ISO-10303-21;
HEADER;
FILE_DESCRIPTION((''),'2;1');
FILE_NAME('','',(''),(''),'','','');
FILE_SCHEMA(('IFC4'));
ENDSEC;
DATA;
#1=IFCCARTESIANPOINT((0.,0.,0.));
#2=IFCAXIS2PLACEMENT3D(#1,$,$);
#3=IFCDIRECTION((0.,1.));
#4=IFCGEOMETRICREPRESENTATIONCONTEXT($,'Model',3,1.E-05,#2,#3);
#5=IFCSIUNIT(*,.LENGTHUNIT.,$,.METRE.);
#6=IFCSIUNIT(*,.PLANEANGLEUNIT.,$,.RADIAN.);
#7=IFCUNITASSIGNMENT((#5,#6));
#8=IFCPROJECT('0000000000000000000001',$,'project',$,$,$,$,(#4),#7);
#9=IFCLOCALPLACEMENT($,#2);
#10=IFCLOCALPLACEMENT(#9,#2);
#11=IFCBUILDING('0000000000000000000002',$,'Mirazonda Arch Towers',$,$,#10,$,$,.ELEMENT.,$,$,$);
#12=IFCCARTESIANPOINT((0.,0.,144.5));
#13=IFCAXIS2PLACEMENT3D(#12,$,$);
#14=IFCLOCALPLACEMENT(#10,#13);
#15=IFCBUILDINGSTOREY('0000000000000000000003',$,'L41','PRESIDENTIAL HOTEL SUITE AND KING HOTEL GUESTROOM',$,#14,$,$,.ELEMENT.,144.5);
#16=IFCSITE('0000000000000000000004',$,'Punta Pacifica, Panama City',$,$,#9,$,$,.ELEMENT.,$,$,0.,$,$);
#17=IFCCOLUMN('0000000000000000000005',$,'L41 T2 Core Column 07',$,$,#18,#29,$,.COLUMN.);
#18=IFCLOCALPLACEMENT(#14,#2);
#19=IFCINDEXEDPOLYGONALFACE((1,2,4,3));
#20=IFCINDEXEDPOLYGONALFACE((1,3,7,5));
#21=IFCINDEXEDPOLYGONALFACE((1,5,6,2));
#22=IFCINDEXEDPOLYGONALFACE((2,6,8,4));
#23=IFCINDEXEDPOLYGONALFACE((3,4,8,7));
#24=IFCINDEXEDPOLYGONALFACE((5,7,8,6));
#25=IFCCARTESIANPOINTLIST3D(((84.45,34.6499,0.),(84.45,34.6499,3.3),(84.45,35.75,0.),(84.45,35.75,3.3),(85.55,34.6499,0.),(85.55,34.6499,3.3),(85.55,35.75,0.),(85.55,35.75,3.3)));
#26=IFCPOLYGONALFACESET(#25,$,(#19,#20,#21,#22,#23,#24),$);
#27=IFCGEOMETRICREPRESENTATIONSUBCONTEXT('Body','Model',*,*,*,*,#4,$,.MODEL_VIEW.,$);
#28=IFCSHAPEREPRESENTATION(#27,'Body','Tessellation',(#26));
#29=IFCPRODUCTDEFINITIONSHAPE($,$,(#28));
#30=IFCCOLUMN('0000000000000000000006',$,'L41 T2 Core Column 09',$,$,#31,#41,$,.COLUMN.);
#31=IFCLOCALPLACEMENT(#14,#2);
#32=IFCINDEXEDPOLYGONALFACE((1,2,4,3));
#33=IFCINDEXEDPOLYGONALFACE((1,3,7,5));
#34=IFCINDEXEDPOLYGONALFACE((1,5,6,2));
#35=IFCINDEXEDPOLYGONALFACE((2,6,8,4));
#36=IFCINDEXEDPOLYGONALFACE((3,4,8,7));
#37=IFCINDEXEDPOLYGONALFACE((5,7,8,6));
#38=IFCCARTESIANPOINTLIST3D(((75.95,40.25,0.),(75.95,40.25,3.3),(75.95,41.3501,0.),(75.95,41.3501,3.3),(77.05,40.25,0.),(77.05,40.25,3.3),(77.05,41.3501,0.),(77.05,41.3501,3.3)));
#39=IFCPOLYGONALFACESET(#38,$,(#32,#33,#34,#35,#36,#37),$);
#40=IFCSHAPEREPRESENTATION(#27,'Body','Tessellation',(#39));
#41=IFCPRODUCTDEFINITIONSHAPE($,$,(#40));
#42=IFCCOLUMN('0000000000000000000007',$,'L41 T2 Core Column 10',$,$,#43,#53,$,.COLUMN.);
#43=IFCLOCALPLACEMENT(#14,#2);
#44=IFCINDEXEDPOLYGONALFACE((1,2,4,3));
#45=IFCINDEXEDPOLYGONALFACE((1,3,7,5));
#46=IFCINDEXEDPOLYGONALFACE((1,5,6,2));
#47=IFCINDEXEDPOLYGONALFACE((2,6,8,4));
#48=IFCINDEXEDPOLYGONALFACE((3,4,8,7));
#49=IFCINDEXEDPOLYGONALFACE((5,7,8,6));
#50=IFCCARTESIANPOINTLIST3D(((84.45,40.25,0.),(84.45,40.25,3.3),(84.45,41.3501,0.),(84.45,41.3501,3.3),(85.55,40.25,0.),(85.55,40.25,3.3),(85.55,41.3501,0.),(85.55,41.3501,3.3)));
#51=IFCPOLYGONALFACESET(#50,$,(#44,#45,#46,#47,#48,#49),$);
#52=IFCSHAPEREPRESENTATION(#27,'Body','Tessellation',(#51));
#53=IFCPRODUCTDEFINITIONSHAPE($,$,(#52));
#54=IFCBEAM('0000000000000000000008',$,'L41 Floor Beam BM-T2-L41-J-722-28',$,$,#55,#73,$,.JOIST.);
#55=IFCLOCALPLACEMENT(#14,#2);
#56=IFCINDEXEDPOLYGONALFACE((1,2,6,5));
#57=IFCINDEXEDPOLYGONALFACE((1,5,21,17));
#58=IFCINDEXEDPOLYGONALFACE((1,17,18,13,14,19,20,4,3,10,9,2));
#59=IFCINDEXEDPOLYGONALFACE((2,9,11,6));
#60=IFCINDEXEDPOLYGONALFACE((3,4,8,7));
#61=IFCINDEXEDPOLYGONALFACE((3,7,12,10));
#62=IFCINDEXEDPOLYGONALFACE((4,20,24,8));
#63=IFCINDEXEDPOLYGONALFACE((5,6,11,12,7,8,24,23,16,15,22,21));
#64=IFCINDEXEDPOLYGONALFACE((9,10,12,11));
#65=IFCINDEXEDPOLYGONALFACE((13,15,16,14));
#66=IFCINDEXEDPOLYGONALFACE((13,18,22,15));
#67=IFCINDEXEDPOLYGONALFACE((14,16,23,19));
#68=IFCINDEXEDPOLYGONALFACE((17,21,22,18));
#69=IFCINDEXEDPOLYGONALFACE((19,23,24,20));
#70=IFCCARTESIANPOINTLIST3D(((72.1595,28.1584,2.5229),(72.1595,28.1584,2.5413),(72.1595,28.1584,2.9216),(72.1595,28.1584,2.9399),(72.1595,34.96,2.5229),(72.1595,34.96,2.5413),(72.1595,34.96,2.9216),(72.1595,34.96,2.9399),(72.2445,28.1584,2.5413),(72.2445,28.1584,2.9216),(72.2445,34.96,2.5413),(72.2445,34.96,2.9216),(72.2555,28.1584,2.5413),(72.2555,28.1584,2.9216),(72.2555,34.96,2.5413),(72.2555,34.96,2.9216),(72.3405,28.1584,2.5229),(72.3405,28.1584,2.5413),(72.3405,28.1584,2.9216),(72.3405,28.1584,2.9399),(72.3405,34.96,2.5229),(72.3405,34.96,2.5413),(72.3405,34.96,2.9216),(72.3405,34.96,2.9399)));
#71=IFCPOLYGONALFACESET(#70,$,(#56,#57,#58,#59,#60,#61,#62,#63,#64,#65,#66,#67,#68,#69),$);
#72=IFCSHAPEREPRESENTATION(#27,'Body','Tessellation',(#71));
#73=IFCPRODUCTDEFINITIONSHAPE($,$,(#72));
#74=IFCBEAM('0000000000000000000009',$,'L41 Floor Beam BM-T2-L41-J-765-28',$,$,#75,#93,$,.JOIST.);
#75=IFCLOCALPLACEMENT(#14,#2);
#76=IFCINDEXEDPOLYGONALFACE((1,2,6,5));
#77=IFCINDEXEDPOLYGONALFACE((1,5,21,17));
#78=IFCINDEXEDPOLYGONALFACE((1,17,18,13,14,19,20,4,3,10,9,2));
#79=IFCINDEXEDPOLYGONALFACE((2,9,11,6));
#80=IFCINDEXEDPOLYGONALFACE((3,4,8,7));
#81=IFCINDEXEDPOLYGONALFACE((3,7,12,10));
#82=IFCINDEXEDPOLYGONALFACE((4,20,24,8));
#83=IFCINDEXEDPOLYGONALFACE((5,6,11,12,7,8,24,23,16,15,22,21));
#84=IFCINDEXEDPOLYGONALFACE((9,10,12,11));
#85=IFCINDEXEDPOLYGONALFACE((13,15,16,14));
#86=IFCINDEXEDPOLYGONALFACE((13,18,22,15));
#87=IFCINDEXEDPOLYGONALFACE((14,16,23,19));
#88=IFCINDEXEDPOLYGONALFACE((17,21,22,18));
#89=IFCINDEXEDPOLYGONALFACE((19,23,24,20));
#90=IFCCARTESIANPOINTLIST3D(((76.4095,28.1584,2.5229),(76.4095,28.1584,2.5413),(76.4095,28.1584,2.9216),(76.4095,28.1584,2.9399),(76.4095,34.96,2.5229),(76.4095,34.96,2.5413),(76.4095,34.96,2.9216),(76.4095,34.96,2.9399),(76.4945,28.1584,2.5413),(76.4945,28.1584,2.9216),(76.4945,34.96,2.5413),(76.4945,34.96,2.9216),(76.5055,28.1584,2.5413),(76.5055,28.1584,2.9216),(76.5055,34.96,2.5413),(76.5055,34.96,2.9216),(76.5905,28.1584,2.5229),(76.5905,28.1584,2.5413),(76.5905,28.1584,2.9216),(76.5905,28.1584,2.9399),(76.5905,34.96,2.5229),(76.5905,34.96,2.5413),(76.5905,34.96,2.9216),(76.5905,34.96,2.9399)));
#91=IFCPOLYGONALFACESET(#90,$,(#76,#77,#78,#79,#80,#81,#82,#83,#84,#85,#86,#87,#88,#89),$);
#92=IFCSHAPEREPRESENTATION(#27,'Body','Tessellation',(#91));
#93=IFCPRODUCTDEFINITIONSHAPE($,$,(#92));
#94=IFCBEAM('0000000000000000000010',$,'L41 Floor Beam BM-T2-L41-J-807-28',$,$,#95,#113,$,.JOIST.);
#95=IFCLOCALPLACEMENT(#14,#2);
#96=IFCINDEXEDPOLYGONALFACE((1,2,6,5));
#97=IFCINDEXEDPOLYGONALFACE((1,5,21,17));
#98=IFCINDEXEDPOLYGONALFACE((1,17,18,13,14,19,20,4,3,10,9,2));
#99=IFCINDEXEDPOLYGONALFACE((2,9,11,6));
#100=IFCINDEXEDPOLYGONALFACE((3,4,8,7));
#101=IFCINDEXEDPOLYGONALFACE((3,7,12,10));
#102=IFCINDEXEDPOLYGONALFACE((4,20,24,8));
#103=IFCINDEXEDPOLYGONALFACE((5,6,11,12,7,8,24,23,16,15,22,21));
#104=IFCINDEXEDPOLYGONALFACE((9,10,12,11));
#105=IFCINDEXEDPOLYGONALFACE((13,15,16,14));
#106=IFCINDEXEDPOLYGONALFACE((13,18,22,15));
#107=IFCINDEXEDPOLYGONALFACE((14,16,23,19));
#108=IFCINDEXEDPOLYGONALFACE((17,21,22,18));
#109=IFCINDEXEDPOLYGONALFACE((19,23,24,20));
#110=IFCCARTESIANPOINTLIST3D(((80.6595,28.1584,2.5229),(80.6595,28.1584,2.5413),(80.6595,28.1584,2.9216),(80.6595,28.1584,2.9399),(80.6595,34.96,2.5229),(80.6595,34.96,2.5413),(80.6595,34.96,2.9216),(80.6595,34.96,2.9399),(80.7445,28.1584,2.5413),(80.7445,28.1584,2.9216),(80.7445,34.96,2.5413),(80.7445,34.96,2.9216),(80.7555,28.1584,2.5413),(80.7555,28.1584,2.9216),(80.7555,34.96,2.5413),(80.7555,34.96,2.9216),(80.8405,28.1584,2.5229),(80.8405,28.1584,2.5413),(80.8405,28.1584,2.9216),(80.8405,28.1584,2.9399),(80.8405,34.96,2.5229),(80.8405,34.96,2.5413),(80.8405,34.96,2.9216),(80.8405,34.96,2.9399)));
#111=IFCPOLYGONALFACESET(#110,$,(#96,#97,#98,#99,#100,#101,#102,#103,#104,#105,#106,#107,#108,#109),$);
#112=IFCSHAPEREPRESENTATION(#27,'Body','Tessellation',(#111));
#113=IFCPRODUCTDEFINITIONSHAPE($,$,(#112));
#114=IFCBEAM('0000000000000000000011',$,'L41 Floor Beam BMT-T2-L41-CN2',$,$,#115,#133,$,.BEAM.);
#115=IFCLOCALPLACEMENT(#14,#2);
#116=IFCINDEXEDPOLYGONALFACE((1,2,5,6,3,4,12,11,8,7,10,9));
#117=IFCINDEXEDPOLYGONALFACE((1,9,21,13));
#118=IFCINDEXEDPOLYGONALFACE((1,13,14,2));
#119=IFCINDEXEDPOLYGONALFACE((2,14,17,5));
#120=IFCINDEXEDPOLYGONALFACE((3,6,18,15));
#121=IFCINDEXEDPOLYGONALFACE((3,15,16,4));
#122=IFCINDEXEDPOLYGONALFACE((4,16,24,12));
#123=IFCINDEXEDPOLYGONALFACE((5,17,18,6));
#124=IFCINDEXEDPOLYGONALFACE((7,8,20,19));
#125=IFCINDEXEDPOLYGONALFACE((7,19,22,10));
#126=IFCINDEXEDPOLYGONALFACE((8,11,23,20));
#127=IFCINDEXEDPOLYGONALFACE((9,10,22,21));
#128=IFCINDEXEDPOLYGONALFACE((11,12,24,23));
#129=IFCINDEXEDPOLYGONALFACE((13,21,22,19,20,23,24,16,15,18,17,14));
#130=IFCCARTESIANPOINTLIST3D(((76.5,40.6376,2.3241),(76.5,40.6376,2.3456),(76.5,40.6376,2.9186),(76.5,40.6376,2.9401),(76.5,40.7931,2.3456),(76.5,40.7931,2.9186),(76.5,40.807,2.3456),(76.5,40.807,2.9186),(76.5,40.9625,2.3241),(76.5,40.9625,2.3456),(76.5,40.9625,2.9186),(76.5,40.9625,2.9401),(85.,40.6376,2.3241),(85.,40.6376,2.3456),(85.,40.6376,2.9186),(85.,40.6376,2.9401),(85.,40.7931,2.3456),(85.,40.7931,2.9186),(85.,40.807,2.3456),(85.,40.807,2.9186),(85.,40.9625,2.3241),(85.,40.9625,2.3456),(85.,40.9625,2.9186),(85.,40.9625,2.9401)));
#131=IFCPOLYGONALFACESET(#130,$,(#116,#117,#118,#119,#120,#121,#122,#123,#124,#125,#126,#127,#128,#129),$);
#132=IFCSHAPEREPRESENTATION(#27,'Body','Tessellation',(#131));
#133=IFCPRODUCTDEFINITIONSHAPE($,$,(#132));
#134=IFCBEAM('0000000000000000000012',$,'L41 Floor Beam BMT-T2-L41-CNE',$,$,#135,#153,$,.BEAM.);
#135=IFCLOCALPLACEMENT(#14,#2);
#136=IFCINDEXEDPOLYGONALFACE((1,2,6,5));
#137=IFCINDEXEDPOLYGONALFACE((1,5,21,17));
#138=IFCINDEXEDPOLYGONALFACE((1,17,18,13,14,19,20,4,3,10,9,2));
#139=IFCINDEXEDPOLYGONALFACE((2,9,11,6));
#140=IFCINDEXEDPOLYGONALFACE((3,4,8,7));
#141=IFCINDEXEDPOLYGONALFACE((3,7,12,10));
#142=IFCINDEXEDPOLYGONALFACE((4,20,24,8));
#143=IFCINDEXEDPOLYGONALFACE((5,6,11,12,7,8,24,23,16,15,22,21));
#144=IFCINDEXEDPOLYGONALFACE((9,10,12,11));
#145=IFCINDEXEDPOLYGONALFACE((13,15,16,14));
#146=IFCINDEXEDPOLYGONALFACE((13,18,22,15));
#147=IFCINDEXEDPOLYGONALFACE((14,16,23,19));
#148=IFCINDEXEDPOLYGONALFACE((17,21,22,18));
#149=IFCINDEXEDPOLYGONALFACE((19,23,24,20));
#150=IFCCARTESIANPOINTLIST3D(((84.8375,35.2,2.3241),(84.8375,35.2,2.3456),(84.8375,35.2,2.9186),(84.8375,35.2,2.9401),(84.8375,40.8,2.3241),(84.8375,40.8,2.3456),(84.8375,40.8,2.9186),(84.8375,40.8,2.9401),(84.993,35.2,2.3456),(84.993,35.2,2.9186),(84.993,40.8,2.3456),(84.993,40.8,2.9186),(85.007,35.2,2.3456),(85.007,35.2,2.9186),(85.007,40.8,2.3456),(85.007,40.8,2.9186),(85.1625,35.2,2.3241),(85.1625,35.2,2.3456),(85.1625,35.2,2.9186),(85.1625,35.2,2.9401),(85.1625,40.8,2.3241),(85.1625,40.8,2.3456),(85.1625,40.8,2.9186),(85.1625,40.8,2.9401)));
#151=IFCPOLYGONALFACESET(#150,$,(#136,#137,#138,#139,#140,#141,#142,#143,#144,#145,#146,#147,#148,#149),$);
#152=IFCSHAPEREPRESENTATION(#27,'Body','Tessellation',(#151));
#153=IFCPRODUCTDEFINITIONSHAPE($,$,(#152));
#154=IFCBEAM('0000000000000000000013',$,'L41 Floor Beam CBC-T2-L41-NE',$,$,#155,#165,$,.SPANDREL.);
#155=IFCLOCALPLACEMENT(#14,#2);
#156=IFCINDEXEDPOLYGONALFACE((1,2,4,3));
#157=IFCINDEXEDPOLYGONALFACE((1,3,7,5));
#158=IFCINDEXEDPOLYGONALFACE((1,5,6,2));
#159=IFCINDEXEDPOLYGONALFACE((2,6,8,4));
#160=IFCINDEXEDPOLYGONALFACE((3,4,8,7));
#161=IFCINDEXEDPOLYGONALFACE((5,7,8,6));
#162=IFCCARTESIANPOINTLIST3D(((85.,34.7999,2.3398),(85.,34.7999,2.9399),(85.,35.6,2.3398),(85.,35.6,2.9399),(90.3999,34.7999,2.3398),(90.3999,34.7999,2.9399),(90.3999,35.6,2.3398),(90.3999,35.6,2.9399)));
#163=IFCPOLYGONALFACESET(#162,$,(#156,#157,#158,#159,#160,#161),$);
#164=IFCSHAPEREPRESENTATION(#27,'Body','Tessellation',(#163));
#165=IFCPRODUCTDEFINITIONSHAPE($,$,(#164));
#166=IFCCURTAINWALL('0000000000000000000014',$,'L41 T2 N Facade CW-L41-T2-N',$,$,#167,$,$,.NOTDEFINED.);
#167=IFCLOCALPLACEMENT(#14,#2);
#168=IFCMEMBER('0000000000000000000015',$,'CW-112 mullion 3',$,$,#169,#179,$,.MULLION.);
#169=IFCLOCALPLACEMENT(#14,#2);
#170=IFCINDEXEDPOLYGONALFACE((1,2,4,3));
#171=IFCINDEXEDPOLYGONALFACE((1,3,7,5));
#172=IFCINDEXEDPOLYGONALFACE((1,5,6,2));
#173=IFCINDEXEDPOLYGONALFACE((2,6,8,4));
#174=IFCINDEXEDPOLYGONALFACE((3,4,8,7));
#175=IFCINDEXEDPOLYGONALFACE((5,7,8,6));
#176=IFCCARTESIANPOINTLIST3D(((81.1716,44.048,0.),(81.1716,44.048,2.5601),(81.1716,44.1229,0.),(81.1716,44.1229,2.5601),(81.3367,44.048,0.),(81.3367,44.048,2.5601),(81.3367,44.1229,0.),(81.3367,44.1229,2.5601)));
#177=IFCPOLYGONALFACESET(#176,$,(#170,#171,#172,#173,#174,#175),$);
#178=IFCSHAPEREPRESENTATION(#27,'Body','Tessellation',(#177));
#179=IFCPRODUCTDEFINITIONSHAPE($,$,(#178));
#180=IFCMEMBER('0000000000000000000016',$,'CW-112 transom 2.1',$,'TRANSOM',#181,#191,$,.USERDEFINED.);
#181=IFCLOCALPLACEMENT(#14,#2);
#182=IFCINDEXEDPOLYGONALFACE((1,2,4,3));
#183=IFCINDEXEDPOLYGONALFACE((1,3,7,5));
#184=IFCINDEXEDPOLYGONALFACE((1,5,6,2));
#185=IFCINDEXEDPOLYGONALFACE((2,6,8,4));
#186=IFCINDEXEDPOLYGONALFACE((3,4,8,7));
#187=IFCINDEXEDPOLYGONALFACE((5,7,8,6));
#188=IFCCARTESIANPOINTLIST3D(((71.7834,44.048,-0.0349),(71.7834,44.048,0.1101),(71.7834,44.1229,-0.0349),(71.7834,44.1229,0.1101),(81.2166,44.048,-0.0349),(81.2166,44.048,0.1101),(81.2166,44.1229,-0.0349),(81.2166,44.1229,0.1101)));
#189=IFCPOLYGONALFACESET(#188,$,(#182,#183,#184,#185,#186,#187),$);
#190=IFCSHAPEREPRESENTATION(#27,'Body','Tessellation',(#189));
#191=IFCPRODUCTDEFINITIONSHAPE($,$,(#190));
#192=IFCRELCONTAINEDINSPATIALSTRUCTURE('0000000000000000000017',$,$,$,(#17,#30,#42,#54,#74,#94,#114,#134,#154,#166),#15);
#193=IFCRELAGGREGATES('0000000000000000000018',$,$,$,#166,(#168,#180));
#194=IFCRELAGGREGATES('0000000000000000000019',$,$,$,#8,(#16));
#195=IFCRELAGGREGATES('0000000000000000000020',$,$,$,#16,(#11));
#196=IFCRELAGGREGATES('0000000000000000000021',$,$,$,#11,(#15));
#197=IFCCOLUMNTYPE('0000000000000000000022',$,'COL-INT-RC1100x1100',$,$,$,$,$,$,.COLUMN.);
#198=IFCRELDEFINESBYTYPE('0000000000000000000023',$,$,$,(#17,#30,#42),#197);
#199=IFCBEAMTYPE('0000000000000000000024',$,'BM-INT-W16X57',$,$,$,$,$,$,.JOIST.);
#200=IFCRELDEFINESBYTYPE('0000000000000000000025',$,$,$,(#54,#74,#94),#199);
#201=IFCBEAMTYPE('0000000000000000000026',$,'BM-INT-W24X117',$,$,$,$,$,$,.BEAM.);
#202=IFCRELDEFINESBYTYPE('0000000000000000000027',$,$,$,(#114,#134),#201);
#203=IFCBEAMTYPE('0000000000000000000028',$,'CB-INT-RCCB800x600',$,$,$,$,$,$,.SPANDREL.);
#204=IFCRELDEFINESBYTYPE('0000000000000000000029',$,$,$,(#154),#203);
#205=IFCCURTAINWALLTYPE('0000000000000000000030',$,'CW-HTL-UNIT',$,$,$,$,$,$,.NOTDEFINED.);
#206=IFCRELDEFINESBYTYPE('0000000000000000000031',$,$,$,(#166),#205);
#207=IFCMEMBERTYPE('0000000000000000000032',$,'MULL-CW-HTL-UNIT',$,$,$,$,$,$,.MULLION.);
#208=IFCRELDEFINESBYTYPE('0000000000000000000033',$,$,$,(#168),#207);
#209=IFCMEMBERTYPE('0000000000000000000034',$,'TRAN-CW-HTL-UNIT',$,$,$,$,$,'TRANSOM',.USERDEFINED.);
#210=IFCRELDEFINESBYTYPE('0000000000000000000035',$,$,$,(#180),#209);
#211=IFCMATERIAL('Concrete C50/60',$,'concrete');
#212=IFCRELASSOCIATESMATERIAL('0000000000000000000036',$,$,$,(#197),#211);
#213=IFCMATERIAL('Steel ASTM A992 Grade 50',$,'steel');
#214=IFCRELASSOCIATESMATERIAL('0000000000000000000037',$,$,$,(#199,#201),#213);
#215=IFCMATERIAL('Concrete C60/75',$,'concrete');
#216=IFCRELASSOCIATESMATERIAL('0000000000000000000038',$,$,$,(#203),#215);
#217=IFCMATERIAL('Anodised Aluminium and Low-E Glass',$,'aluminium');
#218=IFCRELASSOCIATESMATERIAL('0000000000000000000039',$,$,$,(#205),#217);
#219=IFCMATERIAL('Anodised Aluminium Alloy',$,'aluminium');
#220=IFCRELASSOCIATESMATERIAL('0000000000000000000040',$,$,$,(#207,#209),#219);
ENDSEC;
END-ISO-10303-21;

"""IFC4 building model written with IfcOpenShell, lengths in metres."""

from ifc_helpers import new_model, si_unit, direction, frame, origin, origin_2d, place, context, subcontext, project, spatial, rectangle, i_section, extrude, material, material_profile, profile_set, type_object, element, aggregate, save


model = new_model("IFC4")

# Units and contexts
model_context = context("Model", 3, precision=1e-05, world=origin(), true_north=direction((0.0, 1.0)))
body_context = subcontext(model_context, "Body", "Model", "MODEL_VIEW")
ifc_project = project(units=[si_unit("LENGTHUNIT", "METRE"), si_unit("PLANEANGLEUNIT", "RADIAN")], contexts=[model_context])

# Site, building, storey
site_placement = place(None, origin())
site = spatial("IfcSite", under=ifc_project, at=site_placement, Name="Punta Pacifica, Panama City", CompositionType="ELEMENT", RefElevation=0.0)
building_placement = place(site_placement, origin())
building = spatial("IfcBuilding", under=site, at=building_placement, Name="Mirazonda Arch Towers", CompositionType="ELEMENT")
storey_placement = place(building_placement, frame((0.0, 0.0, 144.5)))
storey = spatial("IfcBuildingStorey", under=building, at=storey_placement, Name="L41", Description="PRESIDENTIAL HOTEL SUITE AND KING HOTEL GUESTROOM", CompositionType="ELEMENT", Elevation=144.5)

# Columns
ifc_material_1 = material(Name="Concrete C50/60", Category="concrete")
ifc_material_profile_1 = material_profile(ifc_material_1, rectangle(XDim=1.1001, YDim=1.1001, at=origin_2d()), Name="RC1100x1100")
ifc_profile_set_1 = profile_set([ifc_material_profile_1], Name="Concrete C50/60")
column_type = type_object("IfcColumnType", Name="COL-INT-RC1100x1100", PredefinedType="COLUMN", material=ifc_profile_set_1)
for number, where, z_axis, x_axis, name in (
    (1, (85.0, 35.2, 0.0), (0.0, 0.0, 1.0), (1.0, 0.0, 0.0), "L41 T2 Core Column 07"),
    (2, (76.5, 40.8, 0.0), (0.0, 0.0, 1.0), (1.0, 0.0, 0.0), "L41 T2 Core Column 09"),
    (3, (85.0, 40.8, 0.0), (0.0, 0.0, 1.0), (1.0, 0.0, 0.0), "L41 T2 Core Column 10"),
):
    element("IfcColumn", number, at=place(storey_placement, frame(where, z_axis=z_axis, x_axis=x_axis)), inside=storey, type_object=column_type, Name=name, PredefinedType="COLUMN", context=body_context, shape_type="SweptSolid", body=[
        extrude(rectangle(XDim=1.1001, YDim=1.1001, at=origin_2d()), origin(), (0.0, 0.0, 1.0), 3.3),
    ])

# Beams
ifc_material_2 = material(Name="Steel ASTM A992 Grade 50", Category="steel")
ifc_material_profile_2 = material_profile(ifc_material_2, i_section(OverallWidth=0.1809, OverallDepth=0.417, WebThickness=0.011, FlangeThickness=0.0183, at=origin_2d()), Name="W16X57")
ifc_profile_set_2 = profile_set([ifc_material_profile_2], Name="Steel ASTM A992 Grade 50")
beam_type_1 = type_object("IfcBeamType", Name="BM-INT-W16X57", PredefinedType="JOIST", material=ifc_profile_set_2)
for number, where, z_axis, x_axis, name in (
    (4, (72.25, 28.1584, 2.7314), (0.0, 1.0, 0.0), (-1.0, 0.0, 0.0), "L41 Floor Beam BM-T2-L41-J-722-28"),
    (5, (76.5, 28.1584, 2.7314), (0.0, 1.0, 0.0), (-1.0, 0.0, 0.0), "L41 Floor Beam BM-T2-L41-J-765-28"),
    (6, (80.75, 28.1584, 2.7314), (0.0, 1.0, 0.0), (-1.0, 0.0, 0.0), "L41 Floor Beam BM-T2-L41-J-807-28"),
):
    element("IfcBeam", number, at=place(storey_placement, frame(where, z_axis=z_axis, x_axis=x_axis)), inside=storey, type_object=beam_type_1, Name=name, PredefinedType="JOIST", context=body_context, shape_type="SweptSolid", body=[
        extrude(i_section(OverallWidth=0.1809, OverallDepth=0.417, WebThickness=0.011, FlangeThickness=0.0183, at=origin_2d()), origin(), (0.0, 0.0, 1.0), 6.8015),
    ])
ifc_material_profile_3 = material_profile(ifc_material_2, i_section(OverallWidth=0.325, OverallDepth=0.616, WebThickness=0.0139, FlangeThickness=0.0215, at=origin_2d()), Name="W24X117")
ifc_profile_set_3 = profile_set([ifc_material_profile_3], Name="Steel ASTM A992 Grade 50")
beam_type_2 = type_object("IfcBeamType", Name="BM-INT-W24X117", PredefinedType="BEAM", material=ifc_profile_set_3)
beam_1_placement = place(storey_placement, frame((76.5, 40.8, 2.6321), z_axis=(1.0, 0.0, 0.0), x_axis=(0.0, 1.0, 0.0)))
element("IfcBeam", 7, at=beam_1_placement, inside=storey, type_object=beam_type_2, Name="L41 Floor Beam BMT-T2-L41-CN2", PredefinedType="BEAM", context=body_context, shape_type="SweptSolid", body=[
    extrude(i_section(OverallWidth=0.325, OverallDepth=0.616, WebThickness=0.0139, FlangeThickness=0.0215, at=origin_2d()), origin(), (0.0, 0.0, 1.0), 8.5),
])
beam_2_placement = place(storey_placement, frame((85.0, 35.2, 2.6321), z_axis=(0.0, 1.0, 0.0), x_axis=(-1.0, 0.0, 0.0)))
element("IfcBeam", 8, at=beam_2_placement, inside=storey, type_object=beam_type_2, Name="L41 Floor Beam BMT-T2-L41-CNE", PredefinedType="BEAM", context=body_context, shape_type="SweptSolid", body=[
    extrude(i_section(OverallWidth=0.325, OverallDepth=0.616, WebThickness=0.0139, FlangeThickness=0.0215, at=origin_2d()), origin(), (0.0, 0.0, 1.0), 5.6001),
])
ifc_material_3 = material(Name="Concrete C60/75", Category="concrete")
ifc_material_profile_4 = material_profile(ifc_material_3, rectangle(XDim=0.8, YDim=0.6001, at=origin_2d()), Name="RCCB800x600")
ifc_profile_set_4 = profile_set([ifc_material_profile_4], Name="Concrete C60/75")
beam_type_3 = type_object("IfcBeamType", Name="CB-INT-RCCB800x600", PredefinedType="SPANDREL", material=ifc_profile_set_4)
beam_3_placement = place(storey_placement, frame((85.0, 35.2, 2.6399), z_axis=(1.0, 0.0, 0.0), x_axis=(0.0, 1.0, 0.0)))
element("IfcBeam", 9, at=beam_3_placement, inside=storey, type_object=beam_type_3, Name="L41 Floor Beam CBC-T2-L41-NE", PredefinedType="SPANDREL", context=body_context, shape_type="SweptSolid", body=[
    extrude(rectangle(XDim=0.8, YDim=0.6001, at=origin_2d()), origin(), (0.0, 0.0, 1.0), 5.3999),
])

# Curtain wall, members
ifc_material_4 = material(Name="Anodised Aluminium and Low-E Glass", Category="aluminium")
curtain_wall_type = type_object("IfcCurtainWallType", Name="CW-HTL-UNIT", PredefinedType="NOTDEFINED", material=ifc_material_4)
curtain_wall_placement = place(storey_placement, origin())
curtain_wall = element("IfcCurtainWall", 10, at=curtain_wall_placement, inside=storey, type_object=curtain_wall_type, Name="L41 T2 N Facade CW-L41-T2-N", PredefinedType="NOTDEFINED")
ifc_material_5 = material(Name="Anodised Aluminium Alloy", Category="aluminium")
ifc_material_profile_5 = material_profile(ifc_material_5, rectangle(XDim=0.075, YDim=0.165, at=origin_2d()), Name="ALU-MULL-75x165")
ifc_profile_set_5 = profile_set([ifc_material_profile_5], Name="Anodised Aluminium Alloy")
member_type_1 = type_object("IfcMemberType", Name="MULL-CW-HTL-UNIT", PredefinedType="MULLION", material=ifc_profile_set_5)
member_1_placement = place(storey_placement, frame((81.2542, 44.0854, 0.0), z_axis=(0.0, 0.0, 1.0), x_axis=(0.0, 1.0, 0.0)))
member_1 = element("IfcMember", 11, at=member_1_placement, type_object=member_type_1, Name="CW-112 mullion 3", PredefinedType="MULLION", context=body_context, shape_type="SweptSolid", body=[
    extrude(rectangle(XDim=0.075, YDim=0.165, at=origin_2d()), origin(), (0.0, 0.0, 1.0), 2.5601),
])
ifc_material_profile_6 = material_profile(ifc_material_5, rectangle(XDim=0.075, YDim=0.145, at=origin_2d()), Name="ALU-TRAN-75x145")
ifc_profile_set_6 = profile_set([ifc_material_profile_6], Name="Anodised Aluminium Alloy")
member_type_2 = type_object("IfcMemberType", Name="TRAN-CW-HTL-UNIT", ElementType="TRANSOM", PredefinedType="USERDEFINED", material=ifc_profile_set_6)
member_2_placement = place(storey_placement, frame((71.7834, 44.0854, 0.0376), z_axis=(1.0, 0.0, 0.0), x_axis=(0.0, 1.0, 0.0)))
member_2 = element("IfcMember", 12, at=member_2_placement, type_object=member_type_2, Name="CW-112 transom 2.1", ObjectType="TRANSOM", PredefinedType="USERDEFINED", context=body_context, shape_type="SweptSolid", body=[
    extrude(rectangle(XDim=0.075, YDim=0.145, at=origin_2d()), origin(), (0.0, 0.0, 1.0), 9.4331),
])
aggregate(curtain_wall, [member_1, member_2])

save(model, "model.ifc")
